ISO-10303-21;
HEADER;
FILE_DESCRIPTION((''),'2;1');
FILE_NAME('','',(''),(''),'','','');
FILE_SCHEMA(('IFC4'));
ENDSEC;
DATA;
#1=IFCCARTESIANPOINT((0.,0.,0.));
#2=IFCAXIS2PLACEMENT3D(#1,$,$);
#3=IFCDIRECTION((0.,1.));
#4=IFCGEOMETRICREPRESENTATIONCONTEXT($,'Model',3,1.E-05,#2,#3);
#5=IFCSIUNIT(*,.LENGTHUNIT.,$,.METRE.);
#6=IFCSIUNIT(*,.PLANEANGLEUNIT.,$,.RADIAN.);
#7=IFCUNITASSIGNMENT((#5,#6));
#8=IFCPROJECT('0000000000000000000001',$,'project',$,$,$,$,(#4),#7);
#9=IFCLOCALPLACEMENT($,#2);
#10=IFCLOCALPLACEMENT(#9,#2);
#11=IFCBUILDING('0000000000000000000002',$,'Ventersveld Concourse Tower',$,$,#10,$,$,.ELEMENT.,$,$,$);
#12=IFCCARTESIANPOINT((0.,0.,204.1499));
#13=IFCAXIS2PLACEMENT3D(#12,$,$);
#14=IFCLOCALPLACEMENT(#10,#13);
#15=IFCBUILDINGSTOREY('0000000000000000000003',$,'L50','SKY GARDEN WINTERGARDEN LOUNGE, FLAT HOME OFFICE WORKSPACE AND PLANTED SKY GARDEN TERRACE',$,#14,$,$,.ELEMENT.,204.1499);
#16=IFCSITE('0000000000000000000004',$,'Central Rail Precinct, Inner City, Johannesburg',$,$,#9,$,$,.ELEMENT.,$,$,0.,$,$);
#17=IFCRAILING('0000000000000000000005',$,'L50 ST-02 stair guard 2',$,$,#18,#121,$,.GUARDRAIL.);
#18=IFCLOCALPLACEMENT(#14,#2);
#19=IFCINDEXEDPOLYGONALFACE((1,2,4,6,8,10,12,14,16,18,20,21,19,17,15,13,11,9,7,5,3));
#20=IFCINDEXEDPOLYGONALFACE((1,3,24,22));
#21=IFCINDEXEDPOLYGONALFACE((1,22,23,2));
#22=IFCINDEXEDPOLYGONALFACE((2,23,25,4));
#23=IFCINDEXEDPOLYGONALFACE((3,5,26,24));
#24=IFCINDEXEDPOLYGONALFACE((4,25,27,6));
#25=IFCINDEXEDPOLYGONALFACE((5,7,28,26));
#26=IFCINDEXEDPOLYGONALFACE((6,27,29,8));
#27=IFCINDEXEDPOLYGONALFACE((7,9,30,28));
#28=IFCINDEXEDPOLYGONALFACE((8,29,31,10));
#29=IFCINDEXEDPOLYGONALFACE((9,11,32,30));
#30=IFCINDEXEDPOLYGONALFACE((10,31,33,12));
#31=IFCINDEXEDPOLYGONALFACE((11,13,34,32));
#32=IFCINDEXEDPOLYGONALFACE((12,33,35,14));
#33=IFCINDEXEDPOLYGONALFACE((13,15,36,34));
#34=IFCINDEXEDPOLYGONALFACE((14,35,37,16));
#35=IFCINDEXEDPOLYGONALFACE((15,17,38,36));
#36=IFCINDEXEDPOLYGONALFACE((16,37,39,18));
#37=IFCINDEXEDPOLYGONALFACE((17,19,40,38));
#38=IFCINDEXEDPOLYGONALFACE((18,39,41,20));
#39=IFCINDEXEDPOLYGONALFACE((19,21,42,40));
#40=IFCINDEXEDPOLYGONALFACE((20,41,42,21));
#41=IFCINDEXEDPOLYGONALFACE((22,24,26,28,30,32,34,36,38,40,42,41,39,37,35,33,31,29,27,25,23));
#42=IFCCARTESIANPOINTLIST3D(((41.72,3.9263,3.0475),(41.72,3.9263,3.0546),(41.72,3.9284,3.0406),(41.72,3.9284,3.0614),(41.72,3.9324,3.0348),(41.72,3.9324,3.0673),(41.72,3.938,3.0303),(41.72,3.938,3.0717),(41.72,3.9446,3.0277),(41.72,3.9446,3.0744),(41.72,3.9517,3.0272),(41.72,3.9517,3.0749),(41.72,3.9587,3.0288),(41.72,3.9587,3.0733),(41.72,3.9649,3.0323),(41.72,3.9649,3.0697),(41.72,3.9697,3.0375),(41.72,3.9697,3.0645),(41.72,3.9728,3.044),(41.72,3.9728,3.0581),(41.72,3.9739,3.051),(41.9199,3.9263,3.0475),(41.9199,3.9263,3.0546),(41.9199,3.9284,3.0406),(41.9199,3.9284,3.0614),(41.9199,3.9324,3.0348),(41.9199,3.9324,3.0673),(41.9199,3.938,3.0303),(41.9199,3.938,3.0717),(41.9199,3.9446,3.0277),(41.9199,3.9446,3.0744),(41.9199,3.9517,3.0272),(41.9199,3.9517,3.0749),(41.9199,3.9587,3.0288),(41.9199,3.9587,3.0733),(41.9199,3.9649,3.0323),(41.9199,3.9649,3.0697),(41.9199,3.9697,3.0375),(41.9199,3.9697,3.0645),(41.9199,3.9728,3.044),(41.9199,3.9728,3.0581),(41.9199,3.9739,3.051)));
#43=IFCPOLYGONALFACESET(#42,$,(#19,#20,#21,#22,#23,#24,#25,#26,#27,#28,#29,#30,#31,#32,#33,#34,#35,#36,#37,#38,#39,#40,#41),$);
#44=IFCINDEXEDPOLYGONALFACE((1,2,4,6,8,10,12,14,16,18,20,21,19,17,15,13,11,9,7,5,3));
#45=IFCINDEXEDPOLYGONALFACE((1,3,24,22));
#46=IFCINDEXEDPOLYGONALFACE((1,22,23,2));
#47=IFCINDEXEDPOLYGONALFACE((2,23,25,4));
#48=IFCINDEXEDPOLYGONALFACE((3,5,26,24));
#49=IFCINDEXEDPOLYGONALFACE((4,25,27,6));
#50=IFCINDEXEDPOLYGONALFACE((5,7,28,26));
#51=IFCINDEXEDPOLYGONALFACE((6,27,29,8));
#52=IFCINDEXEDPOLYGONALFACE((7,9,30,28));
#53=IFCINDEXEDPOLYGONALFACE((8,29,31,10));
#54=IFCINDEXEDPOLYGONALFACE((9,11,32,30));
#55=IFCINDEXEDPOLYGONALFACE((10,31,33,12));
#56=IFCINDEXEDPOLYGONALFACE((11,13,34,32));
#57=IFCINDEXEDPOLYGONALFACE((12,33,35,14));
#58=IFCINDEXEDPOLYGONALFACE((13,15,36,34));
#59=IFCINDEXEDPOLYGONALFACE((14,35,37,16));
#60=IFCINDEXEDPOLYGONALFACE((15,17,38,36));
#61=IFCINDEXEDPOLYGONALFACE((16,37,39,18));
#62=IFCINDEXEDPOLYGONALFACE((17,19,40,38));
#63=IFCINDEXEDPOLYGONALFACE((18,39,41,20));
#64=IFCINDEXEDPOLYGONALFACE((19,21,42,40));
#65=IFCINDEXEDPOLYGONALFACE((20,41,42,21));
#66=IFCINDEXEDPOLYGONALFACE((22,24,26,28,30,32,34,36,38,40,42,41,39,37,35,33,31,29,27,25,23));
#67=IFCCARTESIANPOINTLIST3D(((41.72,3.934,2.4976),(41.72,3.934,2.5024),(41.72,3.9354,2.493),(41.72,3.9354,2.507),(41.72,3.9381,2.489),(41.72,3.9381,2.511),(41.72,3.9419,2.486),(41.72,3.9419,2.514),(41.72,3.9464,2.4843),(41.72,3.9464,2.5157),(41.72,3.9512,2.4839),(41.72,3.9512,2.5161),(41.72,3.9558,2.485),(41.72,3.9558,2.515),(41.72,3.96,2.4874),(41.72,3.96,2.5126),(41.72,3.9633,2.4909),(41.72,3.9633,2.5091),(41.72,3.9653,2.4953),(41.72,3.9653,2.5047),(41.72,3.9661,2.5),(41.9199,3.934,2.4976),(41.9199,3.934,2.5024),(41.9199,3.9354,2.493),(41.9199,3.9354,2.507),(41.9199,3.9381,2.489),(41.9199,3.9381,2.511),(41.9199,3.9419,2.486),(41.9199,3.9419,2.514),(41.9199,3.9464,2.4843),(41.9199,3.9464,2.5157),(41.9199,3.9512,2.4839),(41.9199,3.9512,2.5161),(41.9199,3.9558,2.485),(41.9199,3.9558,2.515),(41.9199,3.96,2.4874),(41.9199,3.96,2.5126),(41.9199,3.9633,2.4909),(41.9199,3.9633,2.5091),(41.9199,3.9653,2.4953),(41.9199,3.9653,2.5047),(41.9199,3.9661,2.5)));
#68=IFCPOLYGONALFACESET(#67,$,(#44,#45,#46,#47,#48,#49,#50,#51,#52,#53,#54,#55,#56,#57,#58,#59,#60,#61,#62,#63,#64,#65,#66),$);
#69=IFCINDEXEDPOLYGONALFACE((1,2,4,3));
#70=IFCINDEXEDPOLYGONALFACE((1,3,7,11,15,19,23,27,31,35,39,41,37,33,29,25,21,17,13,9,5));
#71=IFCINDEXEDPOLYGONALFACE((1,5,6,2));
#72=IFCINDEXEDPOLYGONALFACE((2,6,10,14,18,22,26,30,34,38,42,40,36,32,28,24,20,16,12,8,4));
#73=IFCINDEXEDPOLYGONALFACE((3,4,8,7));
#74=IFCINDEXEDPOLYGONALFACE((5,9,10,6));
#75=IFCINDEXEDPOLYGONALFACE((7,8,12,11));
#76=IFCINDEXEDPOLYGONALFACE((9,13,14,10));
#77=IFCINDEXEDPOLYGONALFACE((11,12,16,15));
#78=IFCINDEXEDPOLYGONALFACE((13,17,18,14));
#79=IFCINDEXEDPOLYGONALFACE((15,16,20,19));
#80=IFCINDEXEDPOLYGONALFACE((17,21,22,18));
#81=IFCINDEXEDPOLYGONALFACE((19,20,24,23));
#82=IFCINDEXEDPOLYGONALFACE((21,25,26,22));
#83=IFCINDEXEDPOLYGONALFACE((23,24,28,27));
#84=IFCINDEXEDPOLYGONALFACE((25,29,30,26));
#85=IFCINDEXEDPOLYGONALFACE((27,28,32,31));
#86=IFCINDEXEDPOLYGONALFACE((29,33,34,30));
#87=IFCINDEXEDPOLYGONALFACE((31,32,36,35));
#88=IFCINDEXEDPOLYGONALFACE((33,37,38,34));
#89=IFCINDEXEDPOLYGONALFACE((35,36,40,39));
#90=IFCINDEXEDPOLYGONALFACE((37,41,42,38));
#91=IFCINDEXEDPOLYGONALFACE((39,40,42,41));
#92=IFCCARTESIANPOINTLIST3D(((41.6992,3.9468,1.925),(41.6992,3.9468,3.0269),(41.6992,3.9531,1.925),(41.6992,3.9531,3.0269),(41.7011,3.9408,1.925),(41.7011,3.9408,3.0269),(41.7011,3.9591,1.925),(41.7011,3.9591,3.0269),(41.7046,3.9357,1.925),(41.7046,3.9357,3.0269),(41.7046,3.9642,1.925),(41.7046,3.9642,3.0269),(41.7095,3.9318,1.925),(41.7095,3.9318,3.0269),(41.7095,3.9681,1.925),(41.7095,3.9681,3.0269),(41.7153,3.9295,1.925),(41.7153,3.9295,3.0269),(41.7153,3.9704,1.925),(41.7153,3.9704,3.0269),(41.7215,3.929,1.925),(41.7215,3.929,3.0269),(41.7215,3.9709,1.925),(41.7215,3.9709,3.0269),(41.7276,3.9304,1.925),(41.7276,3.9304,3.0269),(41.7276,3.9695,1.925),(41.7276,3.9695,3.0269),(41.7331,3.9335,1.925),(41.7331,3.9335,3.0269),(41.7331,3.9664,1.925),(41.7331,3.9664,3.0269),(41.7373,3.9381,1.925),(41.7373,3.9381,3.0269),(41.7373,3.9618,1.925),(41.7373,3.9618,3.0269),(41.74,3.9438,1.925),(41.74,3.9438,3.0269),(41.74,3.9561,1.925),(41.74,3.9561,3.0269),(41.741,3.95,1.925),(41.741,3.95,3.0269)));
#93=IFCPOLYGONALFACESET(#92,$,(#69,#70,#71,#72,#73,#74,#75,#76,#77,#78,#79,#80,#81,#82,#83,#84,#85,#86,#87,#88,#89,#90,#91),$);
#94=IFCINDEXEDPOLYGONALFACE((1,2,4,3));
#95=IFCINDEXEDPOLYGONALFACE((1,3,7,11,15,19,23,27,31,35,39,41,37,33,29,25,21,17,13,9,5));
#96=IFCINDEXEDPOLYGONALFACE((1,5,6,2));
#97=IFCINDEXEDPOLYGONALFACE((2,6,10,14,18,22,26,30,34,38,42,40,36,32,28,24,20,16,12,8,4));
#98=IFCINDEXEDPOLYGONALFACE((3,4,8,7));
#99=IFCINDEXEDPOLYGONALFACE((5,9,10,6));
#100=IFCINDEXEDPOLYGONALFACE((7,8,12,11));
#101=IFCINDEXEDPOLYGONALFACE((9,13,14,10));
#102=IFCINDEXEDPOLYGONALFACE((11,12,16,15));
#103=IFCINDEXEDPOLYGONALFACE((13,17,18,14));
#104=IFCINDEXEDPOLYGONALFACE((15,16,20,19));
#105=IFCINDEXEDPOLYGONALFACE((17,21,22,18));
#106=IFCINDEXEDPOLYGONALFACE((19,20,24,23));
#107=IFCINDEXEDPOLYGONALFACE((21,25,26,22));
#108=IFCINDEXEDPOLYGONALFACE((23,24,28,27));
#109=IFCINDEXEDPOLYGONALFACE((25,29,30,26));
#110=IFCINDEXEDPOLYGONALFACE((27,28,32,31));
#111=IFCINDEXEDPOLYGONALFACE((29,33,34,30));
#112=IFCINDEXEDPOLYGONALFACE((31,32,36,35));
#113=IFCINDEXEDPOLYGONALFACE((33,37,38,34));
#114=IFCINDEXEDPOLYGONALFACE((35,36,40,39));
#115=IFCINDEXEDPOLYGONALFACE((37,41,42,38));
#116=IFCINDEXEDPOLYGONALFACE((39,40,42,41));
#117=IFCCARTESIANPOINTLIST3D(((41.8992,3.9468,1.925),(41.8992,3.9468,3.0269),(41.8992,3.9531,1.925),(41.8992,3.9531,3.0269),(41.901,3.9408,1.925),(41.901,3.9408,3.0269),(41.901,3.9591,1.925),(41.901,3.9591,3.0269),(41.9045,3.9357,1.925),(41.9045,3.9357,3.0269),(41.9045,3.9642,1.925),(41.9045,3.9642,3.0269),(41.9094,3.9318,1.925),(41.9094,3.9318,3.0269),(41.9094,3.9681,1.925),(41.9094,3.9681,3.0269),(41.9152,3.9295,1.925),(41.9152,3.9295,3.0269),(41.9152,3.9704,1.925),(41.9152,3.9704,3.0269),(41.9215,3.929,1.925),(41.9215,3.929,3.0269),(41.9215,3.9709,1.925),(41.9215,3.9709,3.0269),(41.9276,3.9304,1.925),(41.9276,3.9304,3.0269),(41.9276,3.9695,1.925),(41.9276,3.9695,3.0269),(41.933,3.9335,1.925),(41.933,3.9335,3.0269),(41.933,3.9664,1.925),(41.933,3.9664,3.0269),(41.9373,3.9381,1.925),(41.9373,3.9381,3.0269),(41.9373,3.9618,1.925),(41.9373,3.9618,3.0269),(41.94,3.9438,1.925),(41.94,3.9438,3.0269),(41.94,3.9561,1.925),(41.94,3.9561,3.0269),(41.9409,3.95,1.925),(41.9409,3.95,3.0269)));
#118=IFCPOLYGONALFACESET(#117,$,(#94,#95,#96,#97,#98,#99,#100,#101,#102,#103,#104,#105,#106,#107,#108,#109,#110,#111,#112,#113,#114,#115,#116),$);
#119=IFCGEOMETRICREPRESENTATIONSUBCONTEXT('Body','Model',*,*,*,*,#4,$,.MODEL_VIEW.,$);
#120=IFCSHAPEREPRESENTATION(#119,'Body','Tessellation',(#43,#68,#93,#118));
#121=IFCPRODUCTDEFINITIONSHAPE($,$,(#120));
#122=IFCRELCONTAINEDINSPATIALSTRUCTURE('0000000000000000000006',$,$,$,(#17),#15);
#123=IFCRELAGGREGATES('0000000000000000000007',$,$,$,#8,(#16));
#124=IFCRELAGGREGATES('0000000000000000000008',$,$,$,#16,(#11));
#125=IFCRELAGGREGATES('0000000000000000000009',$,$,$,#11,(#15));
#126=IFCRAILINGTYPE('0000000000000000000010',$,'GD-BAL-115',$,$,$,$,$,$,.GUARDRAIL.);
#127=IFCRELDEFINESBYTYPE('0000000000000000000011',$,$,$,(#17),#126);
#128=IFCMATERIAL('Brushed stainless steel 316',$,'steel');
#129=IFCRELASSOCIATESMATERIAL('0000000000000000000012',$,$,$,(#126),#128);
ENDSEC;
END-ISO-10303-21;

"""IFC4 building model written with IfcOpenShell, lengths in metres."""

from ifc_helpers import new_model, si_unit, direction, frame, origin, origin_2d, place, context, subcontext, project, spatial, circle, extrude, material, type_object, element, save


model = new_model("IFC4")

# Units and contexts
model_context = context("Model", 3, precision=1e-05, world=origin(), true_north=direction((0.0, 1.0)))
body_context = subcontext(model_context, "Body", "Model", "MODEL_VIEW")
ifc_project = project(units=[si_unit("LENGTHUNIT", "METRE"), si_unit("PLANEANGLEUNIT", "RADIAN")], contexts=[model_context])

# Site, building, storey
site_placement = place(None, origin())
site = spatial("IfcSite", under=ifc_project, at=site_placement, Name="Central Rail Precinct, Inner City, Johannesburg", CompositionType="ELEMENT", RefElevation=0.0)
building_placement = place(site_placement, origin())
building = spatial("IfcBuilding", under=site, at=building_placement, Name="Ventersveld Concourse Tower", CompositionType="ELEMENT")
storey_placement = place(building_placement, frame((0.0, 0.0, 204.1499)))
storey = spatial("IfcBuildingStorey", under=building, at=storey_placement, Name="L50", Description="SKY GARDEN WINTERGARDEN LOUNGE, FLAT HOME OFFICE WORKSPACE AND PLANTED SKY GARDEN TERRACE", CompositionType="ELEMENT", Elevation=204.1499)

# Shared definitions
ifc_material_1 = material(Name="Brushed stainless steel 316", Category="steel")

# Railing
railing_type_1 = type_object("IfcRailingType", Name="GD-BAL-115", PredefinedType="GUARDRAIL", material=ifc_material_1)
railing_1_placement = place(storey_placement, frame((41.72, 3.95, 1.925)))
element("IfcRailing", 1, at=railing_1_placement, inside=storey, type_object=railing_type_1, Name="L50 ST-02 stair guard 2", PredefinedType="GUARDRAIL", context=body_context, shape_type="SweptSolid", body=[
    extrude(circle(Radius=0.0239, at=origin_2d()), frame((0.0, 0.0, 1.126), z_axis=(1.0, 0.0, 0.0), x_axis=(0.0, 1.0, 0.0)), (0.0, 0.0, 1.0), 0.2),
    extrude(circle(Radius=0.0161, at=origin_2d()), frame((0.0, 0.0, 0.575), z_axis=(1.0, 0.0, 0.0), x_axis=(0.0, 1.0, 0.0)), (0.0, 0.0, 1.0), 0.2),
    extrude(circle(Radius=0.021, at=origin_2d()), origin(), (0.0, 0.0, 1.0), 1.1018),
    extrude(circle(Radius=0.021, at=origin_2d()), frame((0.2, 0.0, 0.0)), (0.0, 0.0, 1.0), 1.1018),
])

save(model, "model.ifc")
